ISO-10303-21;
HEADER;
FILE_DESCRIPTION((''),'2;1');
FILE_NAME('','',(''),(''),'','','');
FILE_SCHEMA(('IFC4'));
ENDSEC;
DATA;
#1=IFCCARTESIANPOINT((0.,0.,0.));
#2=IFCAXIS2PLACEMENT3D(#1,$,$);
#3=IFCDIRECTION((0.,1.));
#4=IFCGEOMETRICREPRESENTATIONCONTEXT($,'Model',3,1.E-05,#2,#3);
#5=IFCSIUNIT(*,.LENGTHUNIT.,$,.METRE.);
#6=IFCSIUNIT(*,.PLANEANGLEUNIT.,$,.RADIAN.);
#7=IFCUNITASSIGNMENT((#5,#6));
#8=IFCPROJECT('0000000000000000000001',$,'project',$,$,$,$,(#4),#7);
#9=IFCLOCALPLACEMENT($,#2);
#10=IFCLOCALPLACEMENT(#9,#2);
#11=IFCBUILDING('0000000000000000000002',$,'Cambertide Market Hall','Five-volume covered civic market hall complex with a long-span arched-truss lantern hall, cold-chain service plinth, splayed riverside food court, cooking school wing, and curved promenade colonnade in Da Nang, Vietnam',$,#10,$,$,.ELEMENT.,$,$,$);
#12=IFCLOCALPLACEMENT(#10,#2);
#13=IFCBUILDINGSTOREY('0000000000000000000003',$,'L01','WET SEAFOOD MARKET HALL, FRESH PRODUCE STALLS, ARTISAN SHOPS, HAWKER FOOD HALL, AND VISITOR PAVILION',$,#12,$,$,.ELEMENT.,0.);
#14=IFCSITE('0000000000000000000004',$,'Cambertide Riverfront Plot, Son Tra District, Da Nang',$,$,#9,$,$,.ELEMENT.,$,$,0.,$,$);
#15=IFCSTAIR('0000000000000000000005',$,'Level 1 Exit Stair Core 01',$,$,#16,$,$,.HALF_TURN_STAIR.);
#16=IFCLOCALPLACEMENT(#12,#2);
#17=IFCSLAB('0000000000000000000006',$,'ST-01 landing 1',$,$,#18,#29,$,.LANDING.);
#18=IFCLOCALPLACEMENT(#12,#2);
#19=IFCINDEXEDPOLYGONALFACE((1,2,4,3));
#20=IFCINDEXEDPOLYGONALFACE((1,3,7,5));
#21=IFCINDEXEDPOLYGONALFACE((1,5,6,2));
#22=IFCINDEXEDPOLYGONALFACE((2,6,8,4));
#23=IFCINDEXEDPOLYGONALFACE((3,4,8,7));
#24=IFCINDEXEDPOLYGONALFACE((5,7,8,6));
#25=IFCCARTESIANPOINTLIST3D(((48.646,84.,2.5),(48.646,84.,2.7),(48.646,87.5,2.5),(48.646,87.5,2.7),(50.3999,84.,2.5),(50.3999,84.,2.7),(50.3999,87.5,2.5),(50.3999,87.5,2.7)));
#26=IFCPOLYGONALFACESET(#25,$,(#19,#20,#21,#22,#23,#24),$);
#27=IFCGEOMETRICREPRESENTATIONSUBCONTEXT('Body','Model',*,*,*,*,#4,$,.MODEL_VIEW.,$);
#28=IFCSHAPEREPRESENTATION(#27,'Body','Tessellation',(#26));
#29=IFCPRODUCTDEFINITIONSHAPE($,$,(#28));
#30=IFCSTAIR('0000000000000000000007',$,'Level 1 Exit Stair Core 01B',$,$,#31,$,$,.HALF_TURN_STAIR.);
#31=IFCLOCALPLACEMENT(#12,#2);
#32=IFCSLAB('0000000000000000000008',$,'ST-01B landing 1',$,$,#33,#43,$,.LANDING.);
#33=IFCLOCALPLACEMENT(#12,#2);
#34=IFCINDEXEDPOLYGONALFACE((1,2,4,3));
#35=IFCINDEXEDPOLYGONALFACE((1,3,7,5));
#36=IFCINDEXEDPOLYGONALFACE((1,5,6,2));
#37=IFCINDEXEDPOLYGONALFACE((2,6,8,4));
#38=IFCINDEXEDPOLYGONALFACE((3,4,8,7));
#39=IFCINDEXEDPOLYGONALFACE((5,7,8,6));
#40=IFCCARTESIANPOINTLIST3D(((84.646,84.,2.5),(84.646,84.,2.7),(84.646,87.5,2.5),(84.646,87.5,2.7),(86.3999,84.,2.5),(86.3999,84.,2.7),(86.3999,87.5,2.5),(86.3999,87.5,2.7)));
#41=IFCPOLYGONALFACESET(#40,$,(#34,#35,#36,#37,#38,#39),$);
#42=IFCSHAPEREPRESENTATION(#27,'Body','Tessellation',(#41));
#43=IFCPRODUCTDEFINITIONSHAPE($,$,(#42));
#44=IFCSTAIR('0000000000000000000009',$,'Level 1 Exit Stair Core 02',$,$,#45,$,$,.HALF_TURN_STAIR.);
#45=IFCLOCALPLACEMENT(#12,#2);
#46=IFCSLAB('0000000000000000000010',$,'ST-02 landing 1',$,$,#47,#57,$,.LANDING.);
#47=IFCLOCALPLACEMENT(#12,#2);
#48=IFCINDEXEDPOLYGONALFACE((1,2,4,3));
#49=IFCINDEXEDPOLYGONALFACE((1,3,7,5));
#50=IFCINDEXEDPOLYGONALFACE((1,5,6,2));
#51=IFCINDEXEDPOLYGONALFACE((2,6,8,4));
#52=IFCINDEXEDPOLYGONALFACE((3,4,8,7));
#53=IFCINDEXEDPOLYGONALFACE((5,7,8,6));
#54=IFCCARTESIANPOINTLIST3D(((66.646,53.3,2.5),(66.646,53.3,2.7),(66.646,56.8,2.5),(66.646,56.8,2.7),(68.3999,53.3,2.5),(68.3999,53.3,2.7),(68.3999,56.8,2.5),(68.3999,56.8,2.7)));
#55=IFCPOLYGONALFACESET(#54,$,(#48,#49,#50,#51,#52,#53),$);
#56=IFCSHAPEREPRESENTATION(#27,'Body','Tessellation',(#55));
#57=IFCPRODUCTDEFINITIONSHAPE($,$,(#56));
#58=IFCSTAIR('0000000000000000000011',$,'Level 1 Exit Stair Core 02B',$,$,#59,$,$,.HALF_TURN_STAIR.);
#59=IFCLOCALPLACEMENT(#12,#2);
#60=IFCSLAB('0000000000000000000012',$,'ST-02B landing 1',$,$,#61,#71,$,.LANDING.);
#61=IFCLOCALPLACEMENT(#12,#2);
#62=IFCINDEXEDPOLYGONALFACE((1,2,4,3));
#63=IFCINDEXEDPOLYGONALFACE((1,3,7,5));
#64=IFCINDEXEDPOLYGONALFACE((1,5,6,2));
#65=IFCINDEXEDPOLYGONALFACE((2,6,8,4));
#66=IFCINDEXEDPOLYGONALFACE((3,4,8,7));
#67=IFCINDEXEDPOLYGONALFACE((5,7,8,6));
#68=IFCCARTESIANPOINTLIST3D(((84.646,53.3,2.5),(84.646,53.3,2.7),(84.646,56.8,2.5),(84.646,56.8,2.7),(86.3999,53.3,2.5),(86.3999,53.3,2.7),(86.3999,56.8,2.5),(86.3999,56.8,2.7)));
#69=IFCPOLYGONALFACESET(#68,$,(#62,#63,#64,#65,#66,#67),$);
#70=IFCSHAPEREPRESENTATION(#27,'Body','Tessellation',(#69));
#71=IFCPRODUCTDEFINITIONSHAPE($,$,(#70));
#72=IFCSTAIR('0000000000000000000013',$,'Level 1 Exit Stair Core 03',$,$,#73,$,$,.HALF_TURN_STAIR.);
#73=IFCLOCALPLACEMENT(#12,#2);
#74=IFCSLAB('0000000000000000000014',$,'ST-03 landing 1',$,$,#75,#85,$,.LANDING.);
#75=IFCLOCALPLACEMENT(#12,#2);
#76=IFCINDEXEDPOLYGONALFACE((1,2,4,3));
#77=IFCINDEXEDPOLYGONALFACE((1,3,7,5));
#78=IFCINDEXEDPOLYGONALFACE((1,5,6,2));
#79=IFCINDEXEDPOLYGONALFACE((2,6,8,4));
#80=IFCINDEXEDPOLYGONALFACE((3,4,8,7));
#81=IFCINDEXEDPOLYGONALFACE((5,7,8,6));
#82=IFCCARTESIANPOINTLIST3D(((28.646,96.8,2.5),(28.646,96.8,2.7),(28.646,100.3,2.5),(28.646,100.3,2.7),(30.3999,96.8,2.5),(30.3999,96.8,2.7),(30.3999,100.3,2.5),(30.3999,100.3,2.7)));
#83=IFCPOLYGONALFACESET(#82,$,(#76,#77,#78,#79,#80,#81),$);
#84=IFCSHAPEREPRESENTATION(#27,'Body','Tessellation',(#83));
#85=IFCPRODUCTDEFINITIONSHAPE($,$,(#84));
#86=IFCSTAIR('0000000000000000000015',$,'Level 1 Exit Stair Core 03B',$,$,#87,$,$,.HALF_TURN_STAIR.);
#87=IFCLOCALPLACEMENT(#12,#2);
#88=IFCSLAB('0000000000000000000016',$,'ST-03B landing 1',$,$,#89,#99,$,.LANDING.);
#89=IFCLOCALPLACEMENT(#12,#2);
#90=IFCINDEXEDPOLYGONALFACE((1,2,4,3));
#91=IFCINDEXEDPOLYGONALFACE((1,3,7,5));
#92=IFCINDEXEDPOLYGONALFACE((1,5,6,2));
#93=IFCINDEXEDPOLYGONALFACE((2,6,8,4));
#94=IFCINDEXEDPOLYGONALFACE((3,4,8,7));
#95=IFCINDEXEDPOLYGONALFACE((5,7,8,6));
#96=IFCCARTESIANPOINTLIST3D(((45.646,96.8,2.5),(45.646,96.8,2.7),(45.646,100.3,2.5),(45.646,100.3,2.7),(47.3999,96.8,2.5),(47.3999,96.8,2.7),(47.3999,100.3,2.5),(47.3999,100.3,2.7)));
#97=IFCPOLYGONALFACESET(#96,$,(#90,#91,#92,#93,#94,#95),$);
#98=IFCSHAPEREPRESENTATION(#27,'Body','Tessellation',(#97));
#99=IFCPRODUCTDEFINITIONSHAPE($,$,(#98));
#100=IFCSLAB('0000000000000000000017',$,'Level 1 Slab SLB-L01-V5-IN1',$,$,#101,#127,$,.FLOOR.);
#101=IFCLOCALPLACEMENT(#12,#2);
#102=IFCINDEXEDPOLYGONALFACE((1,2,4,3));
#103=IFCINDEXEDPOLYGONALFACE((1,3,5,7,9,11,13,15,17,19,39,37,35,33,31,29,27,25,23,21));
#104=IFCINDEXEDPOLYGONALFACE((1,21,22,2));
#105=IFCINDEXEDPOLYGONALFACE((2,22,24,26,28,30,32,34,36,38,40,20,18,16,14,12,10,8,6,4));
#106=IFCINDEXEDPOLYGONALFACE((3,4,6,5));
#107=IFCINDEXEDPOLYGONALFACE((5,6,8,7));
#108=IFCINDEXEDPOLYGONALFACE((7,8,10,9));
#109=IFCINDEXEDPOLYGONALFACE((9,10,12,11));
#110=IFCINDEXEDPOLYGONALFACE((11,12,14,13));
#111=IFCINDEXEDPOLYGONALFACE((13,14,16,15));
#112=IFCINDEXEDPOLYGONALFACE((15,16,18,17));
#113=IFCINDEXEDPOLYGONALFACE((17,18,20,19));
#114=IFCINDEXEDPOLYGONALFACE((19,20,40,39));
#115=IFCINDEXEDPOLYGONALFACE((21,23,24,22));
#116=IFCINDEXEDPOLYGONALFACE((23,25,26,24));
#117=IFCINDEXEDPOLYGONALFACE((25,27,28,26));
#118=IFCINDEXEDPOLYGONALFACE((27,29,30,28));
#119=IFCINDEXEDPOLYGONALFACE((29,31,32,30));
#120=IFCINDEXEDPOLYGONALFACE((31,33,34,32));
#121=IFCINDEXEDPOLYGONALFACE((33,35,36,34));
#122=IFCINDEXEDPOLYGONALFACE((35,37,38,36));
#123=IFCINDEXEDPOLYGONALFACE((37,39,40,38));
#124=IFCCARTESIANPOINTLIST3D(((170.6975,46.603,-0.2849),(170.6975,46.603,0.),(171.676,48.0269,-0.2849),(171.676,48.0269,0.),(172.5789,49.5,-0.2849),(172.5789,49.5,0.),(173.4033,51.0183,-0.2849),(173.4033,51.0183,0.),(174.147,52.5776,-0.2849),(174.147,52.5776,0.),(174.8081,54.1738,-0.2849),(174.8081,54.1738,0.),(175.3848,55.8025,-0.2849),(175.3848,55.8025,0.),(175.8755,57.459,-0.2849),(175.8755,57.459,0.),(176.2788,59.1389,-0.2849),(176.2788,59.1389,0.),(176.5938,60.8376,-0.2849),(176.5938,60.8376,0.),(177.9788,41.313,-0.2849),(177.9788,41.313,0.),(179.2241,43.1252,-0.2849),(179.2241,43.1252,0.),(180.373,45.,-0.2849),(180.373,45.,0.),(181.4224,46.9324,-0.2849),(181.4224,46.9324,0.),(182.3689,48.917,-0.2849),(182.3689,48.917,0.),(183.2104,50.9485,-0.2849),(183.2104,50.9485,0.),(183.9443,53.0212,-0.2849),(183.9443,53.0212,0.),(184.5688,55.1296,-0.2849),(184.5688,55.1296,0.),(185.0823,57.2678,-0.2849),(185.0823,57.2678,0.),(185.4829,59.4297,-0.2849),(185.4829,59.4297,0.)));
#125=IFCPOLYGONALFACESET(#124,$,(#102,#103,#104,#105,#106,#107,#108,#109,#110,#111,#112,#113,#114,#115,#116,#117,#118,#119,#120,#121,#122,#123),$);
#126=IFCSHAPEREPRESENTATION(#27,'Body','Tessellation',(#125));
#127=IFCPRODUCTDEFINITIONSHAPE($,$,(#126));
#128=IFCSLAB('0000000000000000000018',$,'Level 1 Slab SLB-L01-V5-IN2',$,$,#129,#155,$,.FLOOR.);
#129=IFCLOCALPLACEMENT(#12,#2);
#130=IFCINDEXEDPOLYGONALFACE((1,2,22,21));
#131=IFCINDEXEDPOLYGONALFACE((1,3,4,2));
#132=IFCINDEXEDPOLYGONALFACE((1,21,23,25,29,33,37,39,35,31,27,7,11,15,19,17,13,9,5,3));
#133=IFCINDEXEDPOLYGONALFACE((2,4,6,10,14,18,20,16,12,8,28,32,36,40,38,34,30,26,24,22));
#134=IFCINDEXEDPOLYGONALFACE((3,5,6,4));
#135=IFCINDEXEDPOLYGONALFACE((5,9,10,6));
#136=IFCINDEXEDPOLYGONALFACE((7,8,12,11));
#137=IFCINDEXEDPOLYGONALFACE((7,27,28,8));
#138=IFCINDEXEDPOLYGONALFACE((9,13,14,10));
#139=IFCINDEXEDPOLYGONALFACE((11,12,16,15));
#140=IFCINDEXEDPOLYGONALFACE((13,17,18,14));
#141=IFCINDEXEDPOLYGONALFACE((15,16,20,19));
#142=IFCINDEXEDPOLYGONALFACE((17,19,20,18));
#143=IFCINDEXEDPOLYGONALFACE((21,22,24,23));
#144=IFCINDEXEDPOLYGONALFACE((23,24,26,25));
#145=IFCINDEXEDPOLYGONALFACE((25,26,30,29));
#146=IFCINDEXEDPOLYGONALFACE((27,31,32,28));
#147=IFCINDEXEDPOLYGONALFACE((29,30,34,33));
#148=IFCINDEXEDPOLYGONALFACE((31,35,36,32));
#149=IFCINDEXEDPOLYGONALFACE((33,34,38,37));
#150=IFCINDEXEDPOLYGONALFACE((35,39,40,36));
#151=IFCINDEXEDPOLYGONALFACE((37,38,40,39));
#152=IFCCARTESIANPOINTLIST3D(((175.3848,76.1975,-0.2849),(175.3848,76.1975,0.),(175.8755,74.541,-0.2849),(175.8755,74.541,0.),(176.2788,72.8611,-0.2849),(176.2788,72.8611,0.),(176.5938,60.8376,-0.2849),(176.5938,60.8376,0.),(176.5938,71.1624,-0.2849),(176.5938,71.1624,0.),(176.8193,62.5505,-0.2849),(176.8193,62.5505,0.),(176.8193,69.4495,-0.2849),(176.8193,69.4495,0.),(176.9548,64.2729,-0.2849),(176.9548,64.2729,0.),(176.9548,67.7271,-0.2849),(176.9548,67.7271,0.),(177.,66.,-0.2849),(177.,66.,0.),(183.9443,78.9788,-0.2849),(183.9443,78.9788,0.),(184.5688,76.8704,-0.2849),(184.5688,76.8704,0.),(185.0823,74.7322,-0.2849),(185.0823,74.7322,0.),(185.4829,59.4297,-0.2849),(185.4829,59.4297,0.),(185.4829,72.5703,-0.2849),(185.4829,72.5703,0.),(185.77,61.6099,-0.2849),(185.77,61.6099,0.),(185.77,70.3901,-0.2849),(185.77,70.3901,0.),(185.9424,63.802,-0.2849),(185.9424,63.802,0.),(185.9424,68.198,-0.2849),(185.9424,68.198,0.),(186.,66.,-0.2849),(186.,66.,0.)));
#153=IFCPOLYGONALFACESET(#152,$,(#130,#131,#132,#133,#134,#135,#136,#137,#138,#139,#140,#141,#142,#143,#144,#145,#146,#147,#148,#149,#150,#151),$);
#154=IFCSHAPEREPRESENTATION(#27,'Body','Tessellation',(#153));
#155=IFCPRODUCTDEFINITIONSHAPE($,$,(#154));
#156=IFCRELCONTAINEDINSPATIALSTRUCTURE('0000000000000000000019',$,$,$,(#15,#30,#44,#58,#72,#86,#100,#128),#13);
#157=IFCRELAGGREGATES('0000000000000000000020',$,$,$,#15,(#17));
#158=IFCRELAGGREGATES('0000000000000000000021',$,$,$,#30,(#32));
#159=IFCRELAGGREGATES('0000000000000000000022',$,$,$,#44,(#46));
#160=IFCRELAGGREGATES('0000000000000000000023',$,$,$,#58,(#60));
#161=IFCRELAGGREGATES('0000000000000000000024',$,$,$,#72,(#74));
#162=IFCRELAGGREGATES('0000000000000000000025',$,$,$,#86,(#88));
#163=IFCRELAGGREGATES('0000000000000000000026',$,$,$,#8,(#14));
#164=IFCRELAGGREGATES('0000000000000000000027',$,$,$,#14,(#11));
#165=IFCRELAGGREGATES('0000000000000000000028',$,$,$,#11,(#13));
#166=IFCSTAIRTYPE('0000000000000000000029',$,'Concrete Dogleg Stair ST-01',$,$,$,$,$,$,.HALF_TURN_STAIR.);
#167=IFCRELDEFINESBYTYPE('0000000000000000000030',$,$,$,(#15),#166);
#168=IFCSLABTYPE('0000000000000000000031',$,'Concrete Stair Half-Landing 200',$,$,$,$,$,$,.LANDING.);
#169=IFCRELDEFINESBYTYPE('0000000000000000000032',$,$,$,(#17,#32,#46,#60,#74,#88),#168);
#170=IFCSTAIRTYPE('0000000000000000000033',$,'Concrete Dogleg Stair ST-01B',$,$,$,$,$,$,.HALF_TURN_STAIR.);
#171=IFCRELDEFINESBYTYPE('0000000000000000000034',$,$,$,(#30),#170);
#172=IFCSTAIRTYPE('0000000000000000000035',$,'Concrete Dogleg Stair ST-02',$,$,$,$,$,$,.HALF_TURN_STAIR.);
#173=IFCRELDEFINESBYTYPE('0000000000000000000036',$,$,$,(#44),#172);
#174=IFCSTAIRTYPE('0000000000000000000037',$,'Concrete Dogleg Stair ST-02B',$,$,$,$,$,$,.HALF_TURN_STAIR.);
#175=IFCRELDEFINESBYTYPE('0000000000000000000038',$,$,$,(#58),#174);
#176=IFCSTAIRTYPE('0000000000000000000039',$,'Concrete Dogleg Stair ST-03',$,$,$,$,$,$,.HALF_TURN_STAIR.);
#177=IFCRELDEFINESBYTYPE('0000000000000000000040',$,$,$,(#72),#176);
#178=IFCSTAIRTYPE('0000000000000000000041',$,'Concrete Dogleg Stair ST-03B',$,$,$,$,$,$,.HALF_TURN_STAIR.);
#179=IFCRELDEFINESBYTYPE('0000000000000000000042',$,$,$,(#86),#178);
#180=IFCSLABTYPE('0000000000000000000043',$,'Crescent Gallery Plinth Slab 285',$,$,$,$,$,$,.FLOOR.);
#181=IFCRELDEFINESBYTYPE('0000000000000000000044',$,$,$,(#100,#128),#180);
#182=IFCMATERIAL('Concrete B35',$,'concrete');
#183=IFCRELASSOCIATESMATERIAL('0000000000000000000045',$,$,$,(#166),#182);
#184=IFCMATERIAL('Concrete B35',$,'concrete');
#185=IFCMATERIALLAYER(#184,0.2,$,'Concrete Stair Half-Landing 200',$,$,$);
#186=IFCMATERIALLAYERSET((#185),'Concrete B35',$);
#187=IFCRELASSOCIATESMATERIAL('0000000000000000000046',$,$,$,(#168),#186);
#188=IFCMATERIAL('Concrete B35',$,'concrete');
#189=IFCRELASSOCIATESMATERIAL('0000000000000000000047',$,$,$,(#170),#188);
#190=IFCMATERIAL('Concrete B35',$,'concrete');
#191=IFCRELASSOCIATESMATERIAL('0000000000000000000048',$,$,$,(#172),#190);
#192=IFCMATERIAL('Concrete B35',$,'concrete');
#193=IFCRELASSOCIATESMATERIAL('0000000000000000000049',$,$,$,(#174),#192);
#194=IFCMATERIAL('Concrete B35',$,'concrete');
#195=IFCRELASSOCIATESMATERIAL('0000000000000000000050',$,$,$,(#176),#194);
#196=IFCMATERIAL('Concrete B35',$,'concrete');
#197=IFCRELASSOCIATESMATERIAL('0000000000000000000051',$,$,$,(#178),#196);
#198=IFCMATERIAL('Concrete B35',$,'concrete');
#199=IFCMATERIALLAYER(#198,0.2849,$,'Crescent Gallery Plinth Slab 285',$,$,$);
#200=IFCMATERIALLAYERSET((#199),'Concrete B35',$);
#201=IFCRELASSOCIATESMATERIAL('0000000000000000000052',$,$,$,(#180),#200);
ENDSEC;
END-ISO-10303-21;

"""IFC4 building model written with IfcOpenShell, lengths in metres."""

from ifc_helpers import new_model, si_unit, direction, frame, origin, place, context, subcontext, project, spatial, polyline, outline, extrude, material, layer, layer_set, type_object, element, aggregate, save


model = new_model("IFC4")

# Units and contexts
model_context = context("Model", 3, precision=1e-05, world=origin(), true_north=direction((0.0, 1.0)))
body_context = subcontext(model_context, "Body", "Model", "MODEL_VIEW")
ifc_project = project(units=[si_unit("LENGTHUNIT", "METRE"), si_unit("PLANEANGLEUNIT", "RADIAN")], contexts=[model_context])

# Site, building, storey
site_placement = place(None, origin())
site = spatial("IfcSite", under=ifc_project, at=site_placement, Name="Cambertide Riverfront Plot, Son Tra District, Da Nang", CompositionType="ELEMENT", RefElevation=0.0)
building_placement = place(site_placement, origin())
building = spatial("IfcBuilding", under=site, at=building_placement, Name="Cambertide Market Hall", Description="Five-volume covered civic market hall complex with a long-span arched-truss lantern hall, cold-chain service plinth, splayed riverside food court, cooking school wing, and curved promenade colonnade in Da Nang, Vietnam", CompositionType="ELEMENT")
storey_placement = place(building_placement, origin())
storey = spatial("IfcBuildingStorey", under=building, at=storey_placement, Name="L01", Description="WET SEAFOOD MARKET HALL, FRESH PRODUCE STALLS, ARTISAN SHOPS, HAWKER FOOD HALL, AND VISITOR PAVILION", CompositionType="ELEMENT", Elevation=0.0)

# Stairs, slabs
ifc_material_1 = material(Name="Concrete B35", Category="concrete")
stair_type_1 = type_object("IfcStairType", Name="Concrete Dogleg Stair ST-01", PredefinedType="HALF_TURN_STAIR", material=ifc_material_1)
stair_1_placement = place(storey_placement, origin())
stair_1 = element("IfcStair", 1, at=stair_1_placement, inside=storey, type_object=stair_type_1, Name="Level 1 Exit Stair Core 01", PredefinedType="HALF_TURN_STAIR")
ifc_material_2 = material(Name="Concrete B35", Category="concrete")
ifc_layer_1 = layer(ifc_material_2, 0.2, Name="Concrete Stair Half-Landing 200")
ifc_layer_set_1 = layer_set([ifc_layer_1], Name="Concrete B35")
slab_type_1 = type_object("IfcSlabType", Name="Concrete Stair Half-Landing 200", PredefinedType="LANDING", material=ifc_layer_set_1)
slab_1_placement = place(storey_placement, frame((0.0, 0.0, 2.5)))
slab_1 = element("IfcSlab", 2, at=slab_1_placement, type_object=slab_type_1, Name="ST-01 landing 1", PredefinedType="LANDING", context=body_context, shape_type="SweptSolid", body=[
    extrude(outline(polyline([(48.646, 84.0), (50.3999, 84.0), (50.3999, 87.5), (48.646, 87.5), (48.646, 84.0)])), origin(), (0.0, 0.0, 1.0), 0.2),
])
aggregate(stair_1, [slab_1])
ifc_material_3 = material(Name="Concrete B35", Category="concrete")
stair_type_2 = type_object("IfcStairType", Name="Concrete Dogleg Stair ST-01B", PredefinedType="HALF_TURN_STAIR", material=ifc_material_3)
stair_2_placement = place(storey_placement, origin())
stair_2 = element("IfcStair", 3, at=stair_2_placement, inside=storey, type_object=stair_type_2, Name="Level 1 Exit Stair Core 01B", PredefinedType="HALF_TURN_STAIR")
slab_2_placement = place(storey_placement, frame((0.0, 0.0, 2.5)))
slab_2 = element("IfcSlab", 4, at=slab_2_placement, type_object=slab_type_1, Name="ST-01B landing 1", PredefinedType="LANDING", context=body_context, shape_type="SweptSolid", body=[
    extrude(outline(polyline([(84.646, 84.0), (86.3999, 84.0), (86.3999, 87.5), (84.646, 87.5), (84.646, 84.0)])), origin(), (0.0, 0.0, 1.0), 0.2),
])
aggregate(stair_2, [slab_2])
ifc_material_4 = material(Name="Concrete B35", Category="concrete")
stair_type_3 = type_object("IfcStairType", Name="Concrete Dogleg Stair ST-02", PredefinedType="HALF_TURN_STAIR", material=ifc_material_4)
stair_3_placement = place(storey_placement, origin())
stair_3 = element("IfcStair", 5, at=stair_3_placement, inside=storey, type_object=stair_type_3, Name="Level 1 Exit Stair Core 02", PredefinedType="HALF_TURN_STAIR")
slab_3_placement = place(storey_placement, frame((0.0, 0.0, 2.5)))
slab_3 = element("IfcSlab", 6, at=slab_3_placement, type_object=slab_type_1, Name="ST-02 landing 1", PredefinedType="LANDING", context=body_context, shape_type="SweptSolid", body=[
    extrude(outline(polyline([(66.646, 53.3), (68.3999, 53.3), (68.3999, 56.8), (66.646, 56.8), (66.646, 53.3)])), origin(), (0.0, 0.0, 1.0), 0.2),
])
aggregate(stair_3, [slab_3])
ifc_material_5 = material(Name="Concrete B35", Category="concrete")
stair_type_4 = type_object("IfcStairType", Name="Concrete Dogleg Stair ST-02B", PredefinedType="HALF_TURN_STAIR", material=ifc_material_5)
stair_4_placement = place(storey_placement, origin())
stair_4 = element("IfcStair", 7, at=stair_4_placement, inside=storey, type_object=stair_type_4, Name="Level 1 Exit Stair Core 02B", PredefinedType="HALF_TURN_STAIR")
slab_4_placement = place(storey_placement, frame((0.0, 0.0, 2.5)))
slab_4 = element("IfcSlab", 8, at=slab_4_placement, type_object=slab_type_1, Name="ST-02B landing 1", PredefinedType="LANDING", context=body_context, shape_type="SweptSolid", body=[
    extrude(outline(polyline([(84.646, 53.3), (86.3999, 53.3), (86.3999, 56.8), (84.646, 56.8), (84.646, 53.3)])), origin(), (0.0, 0.0, 1.0), 0.2),
])
aggregate(stair_4, [slab_4])
ifc_material_6 = material(Name="Concrete B35", Category="concrete")
stair_type_5 = type_object("IfcStairType", Name="Concrete Dogleg Stair ST-03", PredefinedType="HALF_TURN_STAIR", material=ifc_material_6)
stair_5_placement = place(storey_placement, origin())
stair_5 = element("IfcStair", 9, at=stair_5_placement, inside=storey, type_object=stair_type_5, Name="Level 1 Exit Stair Core 03", PredefinedType="HALF_TURN_STAIR")
slab_5_placement = place(storey_placement, frame((0.0, 0.0, 2.5)))
slab_5 = element("IfcSlab", 10, at=slab_5_placement, type_object=slab_type_1, Name="ST-03 landing 1", PredefinedType="LANDING", context=body_context, shape_type="SweptSolid", body=[
    extrude(outline(polyline([(28.646, 96.8), (30.3999, 96.8), (30.3999, 100.3), (28.646, 100.3), (28.646, 96.8)])), origin(), (0.0, 0.0, 1.0), 0.2),
])
aggregate(stair_5, [slab_5])
ifc_material_7 = material(Name="Concrete B35", Category="concrete")
stair_type_6 = type_object("IfcStairType", Name="Concrete Dogleg Stair ST-03B", PredefinedType="HALF_TURN_STAIR", material=ifc_material_7)
stair_6_placement = place(storey_placement, origin())
stair_6 = element("IfcStair", 11, at=stair_6_placement, inside=storey, type_object=stair_type_6, Name="Level 1 Exit Stair Core 03B", PredefinedType="HALF_TURN_STAIR")
slab_6_placement = place(storey_placement, frame((0.0, 0.0, 2.5)))
slab_6 = element("IfcSlab", 12, at=slab_6_placement, type_object=slab_type_1, Name="ST-03B landing 1", PredefinedType="LANDING", context=body_context, shape_type="SweptSolid", body=[
    extrude(outline(polyline([(45.646, 96.8), (47.3999, 96.8), (47.3999, 100.3), (45.646, 100.3), (45.646, 96.8)])), origin(), (0.0, 0.0, 1.0), 0.2),
])
aggregate(stair_6, [slab_6])

# Slabs
ifc_material_8 = material(Name="Concrete B35", Category="concrete")
ifc_layer_2 = layer(ifc_material_8, 0.2849, Name="Crescent Gallery Plinth Slab 285")
ifc_layer_set_2 = layer_set([ifc_layer_2], Name="Concrete B35")
slab_type_2 = type_object("IfcSlabType", Name="Crescent Gallery Plinth Slab 285", PredefinedType="FLOOR", material=ifc_layer_set_2)
slab_7_placement = place(storey_placement, frame((0.0, 0.0, -0.2849)))
element("IfcSlab", 13, at=slab_7_placement, inside=storey, type_object=slab_type_2, Name="Level 1 Slab SLB-L01-V5-IN1", PredefinedType="FLOOR", context=body_context, shape_type="SweptSolid", body=[
    extrude(outline(polyline([(177.9788, 41.313), (179.2241, 43.1252), (180.373, 45.0), (181.4224, 46.9324), (182.3689, 48.917), (183.2104, 50.9485), (183.9443, 53.0212), (184.5688, 55.1296), (185.0823, 57.2678), (185.4829, 59.4297), (176.5938, 60.8376), (176.2788, 59.1389), (175.8755, 57.459), (175.3848, 55.8025), (174.8081, 54.1738), (174.147, 52.5776), (173.4033, 51.0183), (172.5789, 49.5), (171.676, 48.0269), (170.6975, 46.603), (177.9788, 41.313)])), origin(), (0.0, 0.0, 1.0), 0.2849),
])
slab_8_placement = place(storey_placement, frame((0.0, 0.0, -0.2849)))
element("IfcSlab", 14, at=slab_8_placement, inside=storey, type_object=slab_type_2, Name="Level 1 Slab SLB-L01-V5-IN2", PredefinedType="FLOOR", context=body_context, shape_type="SweptSolid", body=[
    extrude(outline(polyline([(185.4829, 59.4297), (185.77, 61.6099), (185.9424, 63.802), (186.0, 66.0), (185.9424, 68.198), (185.77, 70.3901), (185.4829, 72.5703), (185.0823, 74.7322), (184.5688, 76.8704), (183.9443, 78.9788), (175.3848, 76.1975), (175.8755, 74.541), (176.2788, 72.8611), (176.5938, 71.1624), (176.8193, 69.4495), (176.9548, 67.7271), (177.0, 66.0), (176.9548, 64.2729), (176.8193, 62.5505), (176.5938, 60.8376), (185.4829, 59.4297)])), origin(), (0.0, 0.0, 1.0), 0.2849),
])

save(model, "model.ifc")
